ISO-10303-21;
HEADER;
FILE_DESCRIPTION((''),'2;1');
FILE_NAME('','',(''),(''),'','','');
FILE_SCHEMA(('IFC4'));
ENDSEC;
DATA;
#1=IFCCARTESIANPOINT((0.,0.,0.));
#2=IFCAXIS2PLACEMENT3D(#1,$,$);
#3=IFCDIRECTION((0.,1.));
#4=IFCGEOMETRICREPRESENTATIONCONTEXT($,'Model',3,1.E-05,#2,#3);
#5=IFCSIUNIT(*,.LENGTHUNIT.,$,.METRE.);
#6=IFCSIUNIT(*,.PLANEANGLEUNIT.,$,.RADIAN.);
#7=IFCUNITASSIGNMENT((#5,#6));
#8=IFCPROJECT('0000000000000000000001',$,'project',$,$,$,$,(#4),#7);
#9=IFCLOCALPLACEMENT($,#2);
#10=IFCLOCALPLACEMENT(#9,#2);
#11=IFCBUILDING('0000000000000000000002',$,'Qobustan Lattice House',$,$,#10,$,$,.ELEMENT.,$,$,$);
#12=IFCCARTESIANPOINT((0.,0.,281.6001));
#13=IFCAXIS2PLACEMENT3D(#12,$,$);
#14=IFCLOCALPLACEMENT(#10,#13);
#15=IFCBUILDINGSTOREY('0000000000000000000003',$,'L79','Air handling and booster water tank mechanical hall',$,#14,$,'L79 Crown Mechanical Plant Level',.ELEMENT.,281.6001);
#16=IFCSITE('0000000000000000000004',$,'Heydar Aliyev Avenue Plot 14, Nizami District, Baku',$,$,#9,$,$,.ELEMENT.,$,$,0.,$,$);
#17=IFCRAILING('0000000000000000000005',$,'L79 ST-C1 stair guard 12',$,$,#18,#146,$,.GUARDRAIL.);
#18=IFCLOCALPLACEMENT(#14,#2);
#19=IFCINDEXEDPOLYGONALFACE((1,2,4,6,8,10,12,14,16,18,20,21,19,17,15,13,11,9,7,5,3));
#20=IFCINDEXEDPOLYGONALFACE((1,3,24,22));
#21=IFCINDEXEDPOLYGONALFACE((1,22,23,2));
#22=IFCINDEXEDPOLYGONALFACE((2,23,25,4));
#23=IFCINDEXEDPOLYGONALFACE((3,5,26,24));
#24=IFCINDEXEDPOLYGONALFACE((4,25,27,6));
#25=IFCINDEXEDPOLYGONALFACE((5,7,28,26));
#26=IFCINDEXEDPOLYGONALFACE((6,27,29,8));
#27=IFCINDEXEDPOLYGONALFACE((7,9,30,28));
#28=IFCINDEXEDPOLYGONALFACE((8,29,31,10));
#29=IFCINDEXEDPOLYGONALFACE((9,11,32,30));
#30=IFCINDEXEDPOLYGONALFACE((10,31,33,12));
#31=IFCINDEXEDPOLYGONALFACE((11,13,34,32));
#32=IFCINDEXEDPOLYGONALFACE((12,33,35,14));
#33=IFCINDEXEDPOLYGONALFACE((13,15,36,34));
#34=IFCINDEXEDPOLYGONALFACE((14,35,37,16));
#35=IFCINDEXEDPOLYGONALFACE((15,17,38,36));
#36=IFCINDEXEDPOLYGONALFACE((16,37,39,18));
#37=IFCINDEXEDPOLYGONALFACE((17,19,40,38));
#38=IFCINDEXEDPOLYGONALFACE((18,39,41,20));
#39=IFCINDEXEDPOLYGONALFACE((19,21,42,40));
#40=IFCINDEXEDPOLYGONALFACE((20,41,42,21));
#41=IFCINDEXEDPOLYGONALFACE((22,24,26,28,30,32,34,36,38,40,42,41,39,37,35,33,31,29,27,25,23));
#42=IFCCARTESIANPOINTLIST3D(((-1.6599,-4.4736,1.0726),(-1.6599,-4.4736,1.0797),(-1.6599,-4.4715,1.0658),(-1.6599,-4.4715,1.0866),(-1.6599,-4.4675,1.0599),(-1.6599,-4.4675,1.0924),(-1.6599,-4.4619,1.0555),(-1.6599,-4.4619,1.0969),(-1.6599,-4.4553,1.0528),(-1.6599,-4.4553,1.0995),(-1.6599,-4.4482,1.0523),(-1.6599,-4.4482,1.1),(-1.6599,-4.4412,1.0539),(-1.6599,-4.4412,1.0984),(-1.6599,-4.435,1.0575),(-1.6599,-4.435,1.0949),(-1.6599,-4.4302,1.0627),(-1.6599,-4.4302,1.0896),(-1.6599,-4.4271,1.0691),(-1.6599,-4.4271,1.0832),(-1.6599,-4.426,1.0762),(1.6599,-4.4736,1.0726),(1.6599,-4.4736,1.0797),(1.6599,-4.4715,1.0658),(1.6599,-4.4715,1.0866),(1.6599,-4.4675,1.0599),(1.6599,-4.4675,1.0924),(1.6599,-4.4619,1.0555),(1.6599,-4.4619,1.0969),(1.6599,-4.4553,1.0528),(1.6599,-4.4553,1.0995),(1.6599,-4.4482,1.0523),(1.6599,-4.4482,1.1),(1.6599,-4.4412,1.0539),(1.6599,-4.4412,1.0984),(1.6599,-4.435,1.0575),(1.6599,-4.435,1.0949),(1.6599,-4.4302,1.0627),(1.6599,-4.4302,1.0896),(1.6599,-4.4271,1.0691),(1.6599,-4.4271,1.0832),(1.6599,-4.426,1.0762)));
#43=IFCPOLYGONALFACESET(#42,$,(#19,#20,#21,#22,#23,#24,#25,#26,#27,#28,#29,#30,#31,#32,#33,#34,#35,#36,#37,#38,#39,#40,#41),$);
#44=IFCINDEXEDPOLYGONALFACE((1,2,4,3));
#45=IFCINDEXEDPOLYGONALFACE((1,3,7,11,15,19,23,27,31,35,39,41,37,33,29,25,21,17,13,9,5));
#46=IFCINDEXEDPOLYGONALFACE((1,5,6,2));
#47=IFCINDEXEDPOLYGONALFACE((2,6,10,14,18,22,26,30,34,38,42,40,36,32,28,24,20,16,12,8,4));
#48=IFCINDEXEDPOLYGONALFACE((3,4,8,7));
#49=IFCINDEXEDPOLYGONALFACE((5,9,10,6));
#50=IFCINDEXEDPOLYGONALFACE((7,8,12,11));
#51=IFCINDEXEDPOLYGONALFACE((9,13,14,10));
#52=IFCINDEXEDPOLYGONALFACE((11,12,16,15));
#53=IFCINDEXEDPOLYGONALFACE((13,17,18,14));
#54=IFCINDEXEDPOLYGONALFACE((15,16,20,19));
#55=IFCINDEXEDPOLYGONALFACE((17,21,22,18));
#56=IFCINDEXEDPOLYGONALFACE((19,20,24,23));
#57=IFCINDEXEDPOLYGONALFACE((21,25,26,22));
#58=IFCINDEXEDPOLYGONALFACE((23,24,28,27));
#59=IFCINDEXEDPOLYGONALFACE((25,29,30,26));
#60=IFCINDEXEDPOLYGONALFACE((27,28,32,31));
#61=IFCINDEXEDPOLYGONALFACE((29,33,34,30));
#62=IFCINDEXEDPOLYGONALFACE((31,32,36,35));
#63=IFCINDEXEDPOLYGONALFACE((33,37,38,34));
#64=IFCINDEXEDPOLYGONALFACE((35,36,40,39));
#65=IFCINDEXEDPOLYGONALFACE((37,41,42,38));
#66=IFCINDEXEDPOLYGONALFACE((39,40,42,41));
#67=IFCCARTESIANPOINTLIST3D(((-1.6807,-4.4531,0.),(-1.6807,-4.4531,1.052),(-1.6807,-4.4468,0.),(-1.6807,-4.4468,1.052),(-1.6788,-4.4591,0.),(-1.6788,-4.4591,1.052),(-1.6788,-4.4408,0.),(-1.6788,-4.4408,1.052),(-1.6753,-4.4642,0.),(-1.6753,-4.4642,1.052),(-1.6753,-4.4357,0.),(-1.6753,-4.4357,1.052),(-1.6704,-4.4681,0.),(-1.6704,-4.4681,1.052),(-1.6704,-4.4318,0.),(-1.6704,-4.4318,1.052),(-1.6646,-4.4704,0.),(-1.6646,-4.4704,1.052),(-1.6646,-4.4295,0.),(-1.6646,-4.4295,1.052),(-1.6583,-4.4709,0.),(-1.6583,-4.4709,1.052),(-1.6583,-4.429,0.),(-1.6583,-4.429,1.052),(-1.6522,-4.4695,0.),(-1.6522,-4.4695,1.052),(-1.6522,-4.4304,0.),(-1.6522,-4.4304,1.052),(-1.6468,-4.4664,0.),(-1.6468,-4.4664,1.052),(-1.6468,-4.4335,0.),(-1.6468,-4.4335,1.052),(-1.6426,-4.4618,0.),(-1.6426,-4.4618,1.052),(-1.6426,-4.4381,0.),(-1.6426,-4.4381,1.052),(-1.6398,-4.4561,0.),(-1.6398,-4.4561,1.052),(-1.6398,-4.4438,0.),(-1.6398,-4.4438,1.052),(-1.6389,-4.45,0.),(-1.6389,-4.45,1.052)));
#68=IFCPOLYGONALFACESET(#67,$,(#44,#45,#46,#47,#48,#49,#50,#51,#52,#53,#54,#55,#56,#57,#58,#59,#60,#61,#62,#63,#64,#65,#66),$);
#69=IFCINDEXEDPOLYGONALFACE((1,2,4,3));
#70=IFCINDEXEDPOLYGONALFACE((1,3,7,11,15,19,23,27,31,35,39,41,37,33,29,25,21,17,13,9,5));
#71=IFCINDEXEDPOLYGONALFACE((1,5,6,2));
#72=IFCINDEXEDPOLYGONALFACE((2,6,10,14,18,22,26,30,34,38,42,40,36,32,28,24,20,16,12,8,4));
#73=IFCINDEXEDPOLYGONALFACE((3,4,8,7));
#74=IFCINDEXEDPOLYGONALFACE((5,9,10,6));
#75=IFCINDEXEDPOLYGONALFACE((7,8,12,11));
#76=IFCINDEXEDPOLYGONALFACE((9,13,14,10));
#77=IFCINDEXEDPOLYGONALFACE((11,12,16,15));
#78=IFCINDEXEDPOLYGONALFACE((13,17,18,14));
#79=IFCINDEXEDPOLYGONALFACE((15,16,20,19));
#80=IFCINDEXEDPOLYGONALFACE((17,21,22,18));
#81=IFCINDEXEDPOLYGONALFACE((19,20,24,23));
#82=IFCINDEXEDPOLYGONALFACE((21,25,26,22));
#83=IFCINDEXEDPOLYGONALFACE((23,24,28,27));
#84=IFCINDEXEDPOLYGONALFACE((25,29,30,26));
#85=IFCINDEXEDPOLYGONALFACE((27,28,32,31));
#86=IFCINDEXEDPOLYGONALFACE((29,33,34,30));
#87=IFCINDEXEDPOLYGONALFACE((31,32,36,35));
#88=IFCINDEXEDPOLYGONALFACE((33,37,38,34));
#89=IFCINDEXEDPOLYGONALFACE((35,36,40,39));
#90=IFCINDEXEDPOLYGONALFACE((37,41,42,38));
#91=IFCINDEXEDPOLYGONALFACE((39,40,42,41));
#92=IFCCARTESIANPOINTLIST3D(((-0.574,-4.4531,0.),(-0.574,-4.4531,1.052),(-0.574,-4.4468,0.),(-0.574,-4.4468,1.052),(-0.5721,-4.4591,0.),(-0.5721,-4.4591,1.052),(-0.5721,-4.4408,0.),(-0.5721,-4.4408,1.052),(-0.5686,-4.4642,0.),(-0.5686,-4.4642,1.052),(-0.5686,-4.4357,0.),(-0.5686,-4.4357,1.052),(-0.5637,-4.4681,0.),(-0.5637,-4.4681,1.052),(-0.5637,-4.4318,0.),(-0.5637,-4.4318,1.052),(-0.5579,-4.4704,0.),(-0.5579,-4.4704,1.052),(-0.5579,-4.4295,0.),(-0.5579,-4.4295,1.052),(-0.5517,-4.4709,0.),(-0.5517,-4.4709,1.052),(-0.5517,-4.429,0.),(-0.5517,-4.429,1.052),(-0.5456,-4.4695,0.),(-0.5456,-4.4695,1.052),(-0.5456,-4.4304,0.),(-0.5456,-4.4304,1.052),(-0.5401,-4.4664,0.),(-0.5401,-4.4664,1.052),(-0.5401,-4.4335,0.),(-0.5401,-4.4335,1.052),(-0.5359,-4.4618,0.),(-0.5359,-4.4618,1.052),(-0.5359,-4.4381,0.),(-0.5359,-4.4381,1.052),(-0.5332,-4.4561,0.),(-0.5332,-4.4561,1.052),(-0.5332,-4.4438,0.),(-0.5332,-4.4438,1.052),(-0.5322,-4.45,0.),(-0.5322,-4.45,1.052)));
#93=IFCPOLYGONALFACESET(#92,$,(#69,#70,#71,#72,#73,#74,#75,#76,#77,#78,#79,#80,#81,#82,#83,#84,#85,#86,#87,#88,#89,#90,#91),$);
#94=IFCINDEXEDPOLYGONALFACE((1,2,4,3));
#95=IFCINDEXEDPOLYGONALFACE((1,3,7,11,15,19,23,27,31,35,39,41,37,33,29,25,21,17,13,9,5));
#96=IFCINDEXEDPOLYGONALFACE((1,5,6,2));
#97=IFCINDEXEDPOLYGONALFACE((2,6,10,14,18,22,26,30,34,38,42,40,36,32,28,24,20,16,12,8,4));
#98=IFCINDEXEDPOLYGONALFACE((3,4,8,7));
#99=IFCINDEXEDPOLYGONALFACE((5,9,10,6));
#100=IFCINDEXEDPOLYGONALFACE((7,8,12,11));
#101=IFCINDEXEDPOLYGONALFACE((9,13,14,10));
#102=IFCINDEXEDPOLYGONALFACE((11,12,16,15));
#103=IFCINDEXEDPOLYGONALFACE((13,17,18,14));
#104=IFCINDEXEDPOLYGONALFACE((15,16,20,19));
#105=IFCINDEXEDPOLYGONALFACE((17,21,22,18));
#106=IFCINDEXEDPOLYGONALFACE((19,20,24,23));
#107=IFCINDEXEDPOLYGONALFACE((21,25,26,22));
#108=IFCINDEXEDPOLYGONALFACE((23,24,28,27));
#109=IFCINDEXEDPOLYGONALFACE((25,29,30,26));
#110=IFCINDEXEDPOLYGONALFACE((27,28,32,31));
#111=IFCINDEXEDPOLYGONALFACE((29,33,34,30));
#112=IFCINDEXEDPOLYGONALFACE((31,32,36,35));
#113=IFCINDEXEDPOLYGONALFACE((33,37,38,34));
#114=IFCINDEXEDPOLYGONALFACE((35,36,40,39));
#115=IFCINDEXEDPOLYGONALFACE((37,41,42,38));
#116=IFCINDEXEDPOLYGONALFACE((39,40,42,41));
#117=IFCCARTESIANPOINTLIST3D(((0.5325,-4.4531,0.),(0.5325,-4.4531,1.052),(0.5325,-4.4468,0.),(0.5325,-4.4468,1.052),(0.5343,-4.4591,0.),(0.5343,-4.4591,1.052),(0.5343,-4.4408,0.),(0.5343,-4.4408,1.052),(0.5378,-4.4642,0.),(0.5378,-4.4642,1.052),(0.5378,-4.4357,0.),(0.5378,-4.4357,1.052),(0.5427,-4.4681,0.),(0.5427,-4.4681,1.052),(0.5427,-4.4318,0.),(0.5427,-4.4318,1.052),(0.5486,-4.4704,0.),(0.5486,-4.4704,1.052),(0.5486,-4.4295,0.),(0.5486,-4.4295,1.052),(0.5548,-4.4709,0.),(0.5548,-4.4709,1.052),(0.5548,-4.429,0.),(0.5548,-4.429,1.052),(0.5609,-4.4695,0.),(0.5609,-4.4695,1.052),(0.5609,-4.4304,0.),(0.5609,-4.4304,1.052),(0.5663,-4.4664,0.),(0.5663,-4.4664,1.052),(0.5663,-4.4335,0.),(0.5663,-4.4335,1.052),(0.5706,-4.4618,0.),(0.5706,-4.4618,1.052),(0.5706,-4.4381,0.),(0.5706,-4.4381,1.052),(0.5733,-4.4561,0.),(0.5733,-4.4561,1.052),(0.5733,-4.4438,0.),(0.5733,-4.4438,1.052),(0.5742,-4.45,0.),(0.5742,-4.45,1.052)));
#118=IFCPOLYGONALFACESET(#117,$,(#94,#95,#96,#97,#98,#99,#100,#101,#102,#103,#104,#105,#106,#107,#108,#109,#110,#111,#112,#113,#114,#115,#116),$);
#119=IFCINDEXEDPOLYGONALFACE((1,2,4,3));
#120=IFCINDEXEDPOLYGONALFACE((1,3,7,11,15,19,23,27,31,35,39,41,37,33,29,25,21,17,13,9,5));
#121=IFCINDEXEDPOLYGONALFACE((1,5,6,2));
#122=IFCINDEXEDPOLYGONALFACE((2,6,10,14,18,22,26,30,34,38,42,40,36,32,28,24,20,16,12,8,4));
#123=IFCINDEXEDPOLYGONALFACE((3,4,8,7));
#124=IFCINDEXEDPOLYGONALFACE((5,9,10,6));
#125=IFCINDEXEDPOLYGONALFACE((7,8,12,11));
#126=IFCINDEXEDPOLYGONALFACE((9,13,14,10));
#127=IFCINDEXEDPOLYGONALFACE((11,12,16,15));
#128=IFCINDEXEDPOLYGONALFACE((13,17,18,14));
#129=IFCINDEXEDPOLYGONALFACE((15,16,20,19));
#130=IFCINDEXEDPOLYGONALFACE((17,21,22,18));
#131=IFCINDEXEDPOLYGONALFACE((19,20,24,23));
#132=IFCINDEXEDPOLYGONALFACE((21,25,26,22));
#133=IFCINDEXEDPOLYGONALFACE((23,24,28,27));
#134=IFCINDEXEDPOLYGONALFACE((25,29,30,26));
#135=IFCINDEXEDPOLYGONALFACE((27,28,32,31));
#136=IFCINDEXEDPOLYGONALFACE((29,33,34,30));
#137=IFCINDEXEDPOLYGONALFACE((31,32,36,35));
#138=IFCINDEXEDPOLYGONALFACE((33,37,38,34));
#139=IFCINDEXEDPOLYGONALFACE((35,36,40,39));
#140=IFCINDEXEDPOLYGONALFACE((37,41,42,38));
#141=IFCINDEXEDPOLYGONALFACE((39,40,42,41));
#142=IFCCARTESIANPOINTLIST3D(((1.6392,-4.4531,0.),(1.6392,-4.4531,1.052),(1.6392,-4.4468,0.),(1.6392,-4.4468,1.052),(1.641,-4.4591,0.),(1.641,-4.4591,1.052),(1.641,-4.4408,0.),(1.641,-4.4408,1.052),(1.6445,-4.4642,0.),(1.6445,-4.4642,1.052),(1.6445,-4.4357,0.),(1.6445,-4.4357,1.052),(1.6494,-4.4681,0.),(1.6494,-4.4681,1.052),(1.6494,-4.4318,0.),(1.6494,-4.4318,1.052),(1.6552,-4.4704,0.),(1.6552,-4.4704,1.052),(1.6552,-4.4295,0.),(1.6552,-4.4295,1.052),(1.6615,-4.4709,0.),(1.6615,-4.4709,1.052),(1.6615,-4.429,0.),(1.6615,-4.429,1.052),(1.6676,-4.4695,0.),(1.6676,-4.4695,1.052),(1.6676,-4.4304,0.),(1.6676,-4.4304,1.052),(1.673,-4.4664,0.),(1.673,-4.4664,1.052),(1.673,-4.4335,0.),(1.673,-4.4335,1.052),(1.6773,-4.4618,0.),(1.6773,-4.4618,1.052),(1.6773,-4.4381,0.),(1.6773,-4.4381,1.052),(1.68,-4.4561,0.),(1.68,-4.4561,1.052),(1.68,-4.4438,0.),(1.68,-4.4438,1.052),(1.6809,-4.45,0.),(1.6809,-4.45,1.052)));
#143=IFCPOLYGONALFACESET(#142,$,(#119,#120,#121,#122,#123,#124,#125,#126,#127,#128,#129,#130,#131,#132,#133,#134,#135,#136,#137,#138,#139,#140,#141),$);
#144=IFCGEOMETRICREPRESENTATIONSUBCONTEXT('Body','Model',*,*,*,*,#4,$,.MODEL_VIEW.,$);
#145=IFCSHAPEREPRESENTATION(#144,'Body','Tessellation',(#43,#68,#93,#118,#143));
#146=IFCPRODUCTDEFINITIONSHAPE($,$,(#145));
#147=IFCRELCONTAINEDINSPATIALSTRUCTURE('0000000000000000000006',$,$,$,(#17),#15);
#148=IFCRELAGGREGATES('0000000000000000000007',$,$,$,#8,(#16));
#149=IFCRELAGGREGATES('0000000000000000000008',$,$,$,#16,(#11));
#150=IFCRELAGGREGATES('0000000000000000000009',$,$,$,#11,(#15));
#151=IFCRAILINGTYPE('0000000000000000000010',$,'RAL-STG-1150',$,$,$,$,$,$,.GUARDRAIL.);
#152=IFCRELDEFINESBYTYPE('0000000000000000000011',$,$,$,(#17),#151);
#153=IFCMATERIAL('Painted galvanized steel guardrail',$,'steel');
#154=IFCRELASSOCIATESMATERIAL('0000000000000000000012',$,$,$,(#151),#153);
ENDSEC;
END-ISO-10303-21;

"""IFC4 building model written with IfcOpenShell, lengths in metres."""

from ifc_helpers import new_model, si_unit, direction, frame, origin, origin_2d, place, context, subcontext, project, spatial, circle, extrude, material, type_object, element, save


model = new_model("IFC4")

# Units and contexts
model_context = context("Model", 3, precision=1e-05, world=origin(), true_north=direction((0.0, 1.0)))
body_context = subcontext(model_context, "Body", "Model", "MODEL_VIEW")
ifc_project = project(units=[si_unit("LENGTHUNIT", "METRE"), si_unit("PLANEANGLEUNIT", "RADIAN")], contexts=[model_context])

# Site, building, storey
site_placement = place(None, origin())
site = spatial("IfcSite", under=ifc_project, at=site_placement, Name="Heydar Aliyev Avenue Plot 14, Nizami District, Baku", CompositionType="ELEMENT", RefElevation=0.0)
building_placement = place(site_placement, origin())
building = spatial("IfcBuilding", under=site, at=building_placement, Name="Qobustan Lattice House", CompositionType="ELEMENT")
storey_placement = place(building_placement, frame((0.0, 0.0, 281.6001)))
storey = spatial("IfcBuildingStorey", under=building, at=storey_placement, Name="L79", Description="Air handling and booster water tank mechanical hall", LongName="L79 Crown Mechanical Plant Level", CompositionType="ELEMENT", Elevation=281.6001)

# Railing
ifc_material_1 = material(Name="Painted galvanized steel guardrail", Category="steel")
railing_type = type_object("IfcRailingType", Name="RAL-STG-1150", PredefinedType="GUARDRAIL", material=ifc_material_1)
railing_1_placement = place(storey_placement, frame((-1.6599, -4.45, 0.0)))
element("IfcRailing", 1, at=railing_1_placement, inside=storey, type_object=railing_type, Name="L79 ST-C1 stair guard 12", PredefinedType="GUARDRAIL", context=body_context, shape_type="SweptSolid", body=[
    extrude(circle(Radius=0.0239, at=origin_2d()), frame((0.0, 0.0, 1.0762), z_axis=(1.0, 0.0, 0.0), x_axis=(0.0, 1.0, 0.0)), (0.0, 0.0, 1.0), 3.3198),
    extrude(circle(Radius=0.021, at=origin_2d()), origin(), (0.0, 0.0, 1.0), 1.052),
    extrude(circle(Radius=0.021, at=origin_2d()), frame((1.1067, 0.0, 0.0)), (0.0, 0.0, 1.0), 1.052),
    extrude(circle(Radius=0.021, at=origin_2d()), frame((2.2131, 0.0, 0.0)), (0.0, 0.0, 1.0), 1.052),
    extrude(circle(Radius=0.021, at=origin_2d()), frame((3.3198, 0.0, 0.0)), (0.0, 0.0, 1.0), 1.052),
])

save(model, "model.ifc")
